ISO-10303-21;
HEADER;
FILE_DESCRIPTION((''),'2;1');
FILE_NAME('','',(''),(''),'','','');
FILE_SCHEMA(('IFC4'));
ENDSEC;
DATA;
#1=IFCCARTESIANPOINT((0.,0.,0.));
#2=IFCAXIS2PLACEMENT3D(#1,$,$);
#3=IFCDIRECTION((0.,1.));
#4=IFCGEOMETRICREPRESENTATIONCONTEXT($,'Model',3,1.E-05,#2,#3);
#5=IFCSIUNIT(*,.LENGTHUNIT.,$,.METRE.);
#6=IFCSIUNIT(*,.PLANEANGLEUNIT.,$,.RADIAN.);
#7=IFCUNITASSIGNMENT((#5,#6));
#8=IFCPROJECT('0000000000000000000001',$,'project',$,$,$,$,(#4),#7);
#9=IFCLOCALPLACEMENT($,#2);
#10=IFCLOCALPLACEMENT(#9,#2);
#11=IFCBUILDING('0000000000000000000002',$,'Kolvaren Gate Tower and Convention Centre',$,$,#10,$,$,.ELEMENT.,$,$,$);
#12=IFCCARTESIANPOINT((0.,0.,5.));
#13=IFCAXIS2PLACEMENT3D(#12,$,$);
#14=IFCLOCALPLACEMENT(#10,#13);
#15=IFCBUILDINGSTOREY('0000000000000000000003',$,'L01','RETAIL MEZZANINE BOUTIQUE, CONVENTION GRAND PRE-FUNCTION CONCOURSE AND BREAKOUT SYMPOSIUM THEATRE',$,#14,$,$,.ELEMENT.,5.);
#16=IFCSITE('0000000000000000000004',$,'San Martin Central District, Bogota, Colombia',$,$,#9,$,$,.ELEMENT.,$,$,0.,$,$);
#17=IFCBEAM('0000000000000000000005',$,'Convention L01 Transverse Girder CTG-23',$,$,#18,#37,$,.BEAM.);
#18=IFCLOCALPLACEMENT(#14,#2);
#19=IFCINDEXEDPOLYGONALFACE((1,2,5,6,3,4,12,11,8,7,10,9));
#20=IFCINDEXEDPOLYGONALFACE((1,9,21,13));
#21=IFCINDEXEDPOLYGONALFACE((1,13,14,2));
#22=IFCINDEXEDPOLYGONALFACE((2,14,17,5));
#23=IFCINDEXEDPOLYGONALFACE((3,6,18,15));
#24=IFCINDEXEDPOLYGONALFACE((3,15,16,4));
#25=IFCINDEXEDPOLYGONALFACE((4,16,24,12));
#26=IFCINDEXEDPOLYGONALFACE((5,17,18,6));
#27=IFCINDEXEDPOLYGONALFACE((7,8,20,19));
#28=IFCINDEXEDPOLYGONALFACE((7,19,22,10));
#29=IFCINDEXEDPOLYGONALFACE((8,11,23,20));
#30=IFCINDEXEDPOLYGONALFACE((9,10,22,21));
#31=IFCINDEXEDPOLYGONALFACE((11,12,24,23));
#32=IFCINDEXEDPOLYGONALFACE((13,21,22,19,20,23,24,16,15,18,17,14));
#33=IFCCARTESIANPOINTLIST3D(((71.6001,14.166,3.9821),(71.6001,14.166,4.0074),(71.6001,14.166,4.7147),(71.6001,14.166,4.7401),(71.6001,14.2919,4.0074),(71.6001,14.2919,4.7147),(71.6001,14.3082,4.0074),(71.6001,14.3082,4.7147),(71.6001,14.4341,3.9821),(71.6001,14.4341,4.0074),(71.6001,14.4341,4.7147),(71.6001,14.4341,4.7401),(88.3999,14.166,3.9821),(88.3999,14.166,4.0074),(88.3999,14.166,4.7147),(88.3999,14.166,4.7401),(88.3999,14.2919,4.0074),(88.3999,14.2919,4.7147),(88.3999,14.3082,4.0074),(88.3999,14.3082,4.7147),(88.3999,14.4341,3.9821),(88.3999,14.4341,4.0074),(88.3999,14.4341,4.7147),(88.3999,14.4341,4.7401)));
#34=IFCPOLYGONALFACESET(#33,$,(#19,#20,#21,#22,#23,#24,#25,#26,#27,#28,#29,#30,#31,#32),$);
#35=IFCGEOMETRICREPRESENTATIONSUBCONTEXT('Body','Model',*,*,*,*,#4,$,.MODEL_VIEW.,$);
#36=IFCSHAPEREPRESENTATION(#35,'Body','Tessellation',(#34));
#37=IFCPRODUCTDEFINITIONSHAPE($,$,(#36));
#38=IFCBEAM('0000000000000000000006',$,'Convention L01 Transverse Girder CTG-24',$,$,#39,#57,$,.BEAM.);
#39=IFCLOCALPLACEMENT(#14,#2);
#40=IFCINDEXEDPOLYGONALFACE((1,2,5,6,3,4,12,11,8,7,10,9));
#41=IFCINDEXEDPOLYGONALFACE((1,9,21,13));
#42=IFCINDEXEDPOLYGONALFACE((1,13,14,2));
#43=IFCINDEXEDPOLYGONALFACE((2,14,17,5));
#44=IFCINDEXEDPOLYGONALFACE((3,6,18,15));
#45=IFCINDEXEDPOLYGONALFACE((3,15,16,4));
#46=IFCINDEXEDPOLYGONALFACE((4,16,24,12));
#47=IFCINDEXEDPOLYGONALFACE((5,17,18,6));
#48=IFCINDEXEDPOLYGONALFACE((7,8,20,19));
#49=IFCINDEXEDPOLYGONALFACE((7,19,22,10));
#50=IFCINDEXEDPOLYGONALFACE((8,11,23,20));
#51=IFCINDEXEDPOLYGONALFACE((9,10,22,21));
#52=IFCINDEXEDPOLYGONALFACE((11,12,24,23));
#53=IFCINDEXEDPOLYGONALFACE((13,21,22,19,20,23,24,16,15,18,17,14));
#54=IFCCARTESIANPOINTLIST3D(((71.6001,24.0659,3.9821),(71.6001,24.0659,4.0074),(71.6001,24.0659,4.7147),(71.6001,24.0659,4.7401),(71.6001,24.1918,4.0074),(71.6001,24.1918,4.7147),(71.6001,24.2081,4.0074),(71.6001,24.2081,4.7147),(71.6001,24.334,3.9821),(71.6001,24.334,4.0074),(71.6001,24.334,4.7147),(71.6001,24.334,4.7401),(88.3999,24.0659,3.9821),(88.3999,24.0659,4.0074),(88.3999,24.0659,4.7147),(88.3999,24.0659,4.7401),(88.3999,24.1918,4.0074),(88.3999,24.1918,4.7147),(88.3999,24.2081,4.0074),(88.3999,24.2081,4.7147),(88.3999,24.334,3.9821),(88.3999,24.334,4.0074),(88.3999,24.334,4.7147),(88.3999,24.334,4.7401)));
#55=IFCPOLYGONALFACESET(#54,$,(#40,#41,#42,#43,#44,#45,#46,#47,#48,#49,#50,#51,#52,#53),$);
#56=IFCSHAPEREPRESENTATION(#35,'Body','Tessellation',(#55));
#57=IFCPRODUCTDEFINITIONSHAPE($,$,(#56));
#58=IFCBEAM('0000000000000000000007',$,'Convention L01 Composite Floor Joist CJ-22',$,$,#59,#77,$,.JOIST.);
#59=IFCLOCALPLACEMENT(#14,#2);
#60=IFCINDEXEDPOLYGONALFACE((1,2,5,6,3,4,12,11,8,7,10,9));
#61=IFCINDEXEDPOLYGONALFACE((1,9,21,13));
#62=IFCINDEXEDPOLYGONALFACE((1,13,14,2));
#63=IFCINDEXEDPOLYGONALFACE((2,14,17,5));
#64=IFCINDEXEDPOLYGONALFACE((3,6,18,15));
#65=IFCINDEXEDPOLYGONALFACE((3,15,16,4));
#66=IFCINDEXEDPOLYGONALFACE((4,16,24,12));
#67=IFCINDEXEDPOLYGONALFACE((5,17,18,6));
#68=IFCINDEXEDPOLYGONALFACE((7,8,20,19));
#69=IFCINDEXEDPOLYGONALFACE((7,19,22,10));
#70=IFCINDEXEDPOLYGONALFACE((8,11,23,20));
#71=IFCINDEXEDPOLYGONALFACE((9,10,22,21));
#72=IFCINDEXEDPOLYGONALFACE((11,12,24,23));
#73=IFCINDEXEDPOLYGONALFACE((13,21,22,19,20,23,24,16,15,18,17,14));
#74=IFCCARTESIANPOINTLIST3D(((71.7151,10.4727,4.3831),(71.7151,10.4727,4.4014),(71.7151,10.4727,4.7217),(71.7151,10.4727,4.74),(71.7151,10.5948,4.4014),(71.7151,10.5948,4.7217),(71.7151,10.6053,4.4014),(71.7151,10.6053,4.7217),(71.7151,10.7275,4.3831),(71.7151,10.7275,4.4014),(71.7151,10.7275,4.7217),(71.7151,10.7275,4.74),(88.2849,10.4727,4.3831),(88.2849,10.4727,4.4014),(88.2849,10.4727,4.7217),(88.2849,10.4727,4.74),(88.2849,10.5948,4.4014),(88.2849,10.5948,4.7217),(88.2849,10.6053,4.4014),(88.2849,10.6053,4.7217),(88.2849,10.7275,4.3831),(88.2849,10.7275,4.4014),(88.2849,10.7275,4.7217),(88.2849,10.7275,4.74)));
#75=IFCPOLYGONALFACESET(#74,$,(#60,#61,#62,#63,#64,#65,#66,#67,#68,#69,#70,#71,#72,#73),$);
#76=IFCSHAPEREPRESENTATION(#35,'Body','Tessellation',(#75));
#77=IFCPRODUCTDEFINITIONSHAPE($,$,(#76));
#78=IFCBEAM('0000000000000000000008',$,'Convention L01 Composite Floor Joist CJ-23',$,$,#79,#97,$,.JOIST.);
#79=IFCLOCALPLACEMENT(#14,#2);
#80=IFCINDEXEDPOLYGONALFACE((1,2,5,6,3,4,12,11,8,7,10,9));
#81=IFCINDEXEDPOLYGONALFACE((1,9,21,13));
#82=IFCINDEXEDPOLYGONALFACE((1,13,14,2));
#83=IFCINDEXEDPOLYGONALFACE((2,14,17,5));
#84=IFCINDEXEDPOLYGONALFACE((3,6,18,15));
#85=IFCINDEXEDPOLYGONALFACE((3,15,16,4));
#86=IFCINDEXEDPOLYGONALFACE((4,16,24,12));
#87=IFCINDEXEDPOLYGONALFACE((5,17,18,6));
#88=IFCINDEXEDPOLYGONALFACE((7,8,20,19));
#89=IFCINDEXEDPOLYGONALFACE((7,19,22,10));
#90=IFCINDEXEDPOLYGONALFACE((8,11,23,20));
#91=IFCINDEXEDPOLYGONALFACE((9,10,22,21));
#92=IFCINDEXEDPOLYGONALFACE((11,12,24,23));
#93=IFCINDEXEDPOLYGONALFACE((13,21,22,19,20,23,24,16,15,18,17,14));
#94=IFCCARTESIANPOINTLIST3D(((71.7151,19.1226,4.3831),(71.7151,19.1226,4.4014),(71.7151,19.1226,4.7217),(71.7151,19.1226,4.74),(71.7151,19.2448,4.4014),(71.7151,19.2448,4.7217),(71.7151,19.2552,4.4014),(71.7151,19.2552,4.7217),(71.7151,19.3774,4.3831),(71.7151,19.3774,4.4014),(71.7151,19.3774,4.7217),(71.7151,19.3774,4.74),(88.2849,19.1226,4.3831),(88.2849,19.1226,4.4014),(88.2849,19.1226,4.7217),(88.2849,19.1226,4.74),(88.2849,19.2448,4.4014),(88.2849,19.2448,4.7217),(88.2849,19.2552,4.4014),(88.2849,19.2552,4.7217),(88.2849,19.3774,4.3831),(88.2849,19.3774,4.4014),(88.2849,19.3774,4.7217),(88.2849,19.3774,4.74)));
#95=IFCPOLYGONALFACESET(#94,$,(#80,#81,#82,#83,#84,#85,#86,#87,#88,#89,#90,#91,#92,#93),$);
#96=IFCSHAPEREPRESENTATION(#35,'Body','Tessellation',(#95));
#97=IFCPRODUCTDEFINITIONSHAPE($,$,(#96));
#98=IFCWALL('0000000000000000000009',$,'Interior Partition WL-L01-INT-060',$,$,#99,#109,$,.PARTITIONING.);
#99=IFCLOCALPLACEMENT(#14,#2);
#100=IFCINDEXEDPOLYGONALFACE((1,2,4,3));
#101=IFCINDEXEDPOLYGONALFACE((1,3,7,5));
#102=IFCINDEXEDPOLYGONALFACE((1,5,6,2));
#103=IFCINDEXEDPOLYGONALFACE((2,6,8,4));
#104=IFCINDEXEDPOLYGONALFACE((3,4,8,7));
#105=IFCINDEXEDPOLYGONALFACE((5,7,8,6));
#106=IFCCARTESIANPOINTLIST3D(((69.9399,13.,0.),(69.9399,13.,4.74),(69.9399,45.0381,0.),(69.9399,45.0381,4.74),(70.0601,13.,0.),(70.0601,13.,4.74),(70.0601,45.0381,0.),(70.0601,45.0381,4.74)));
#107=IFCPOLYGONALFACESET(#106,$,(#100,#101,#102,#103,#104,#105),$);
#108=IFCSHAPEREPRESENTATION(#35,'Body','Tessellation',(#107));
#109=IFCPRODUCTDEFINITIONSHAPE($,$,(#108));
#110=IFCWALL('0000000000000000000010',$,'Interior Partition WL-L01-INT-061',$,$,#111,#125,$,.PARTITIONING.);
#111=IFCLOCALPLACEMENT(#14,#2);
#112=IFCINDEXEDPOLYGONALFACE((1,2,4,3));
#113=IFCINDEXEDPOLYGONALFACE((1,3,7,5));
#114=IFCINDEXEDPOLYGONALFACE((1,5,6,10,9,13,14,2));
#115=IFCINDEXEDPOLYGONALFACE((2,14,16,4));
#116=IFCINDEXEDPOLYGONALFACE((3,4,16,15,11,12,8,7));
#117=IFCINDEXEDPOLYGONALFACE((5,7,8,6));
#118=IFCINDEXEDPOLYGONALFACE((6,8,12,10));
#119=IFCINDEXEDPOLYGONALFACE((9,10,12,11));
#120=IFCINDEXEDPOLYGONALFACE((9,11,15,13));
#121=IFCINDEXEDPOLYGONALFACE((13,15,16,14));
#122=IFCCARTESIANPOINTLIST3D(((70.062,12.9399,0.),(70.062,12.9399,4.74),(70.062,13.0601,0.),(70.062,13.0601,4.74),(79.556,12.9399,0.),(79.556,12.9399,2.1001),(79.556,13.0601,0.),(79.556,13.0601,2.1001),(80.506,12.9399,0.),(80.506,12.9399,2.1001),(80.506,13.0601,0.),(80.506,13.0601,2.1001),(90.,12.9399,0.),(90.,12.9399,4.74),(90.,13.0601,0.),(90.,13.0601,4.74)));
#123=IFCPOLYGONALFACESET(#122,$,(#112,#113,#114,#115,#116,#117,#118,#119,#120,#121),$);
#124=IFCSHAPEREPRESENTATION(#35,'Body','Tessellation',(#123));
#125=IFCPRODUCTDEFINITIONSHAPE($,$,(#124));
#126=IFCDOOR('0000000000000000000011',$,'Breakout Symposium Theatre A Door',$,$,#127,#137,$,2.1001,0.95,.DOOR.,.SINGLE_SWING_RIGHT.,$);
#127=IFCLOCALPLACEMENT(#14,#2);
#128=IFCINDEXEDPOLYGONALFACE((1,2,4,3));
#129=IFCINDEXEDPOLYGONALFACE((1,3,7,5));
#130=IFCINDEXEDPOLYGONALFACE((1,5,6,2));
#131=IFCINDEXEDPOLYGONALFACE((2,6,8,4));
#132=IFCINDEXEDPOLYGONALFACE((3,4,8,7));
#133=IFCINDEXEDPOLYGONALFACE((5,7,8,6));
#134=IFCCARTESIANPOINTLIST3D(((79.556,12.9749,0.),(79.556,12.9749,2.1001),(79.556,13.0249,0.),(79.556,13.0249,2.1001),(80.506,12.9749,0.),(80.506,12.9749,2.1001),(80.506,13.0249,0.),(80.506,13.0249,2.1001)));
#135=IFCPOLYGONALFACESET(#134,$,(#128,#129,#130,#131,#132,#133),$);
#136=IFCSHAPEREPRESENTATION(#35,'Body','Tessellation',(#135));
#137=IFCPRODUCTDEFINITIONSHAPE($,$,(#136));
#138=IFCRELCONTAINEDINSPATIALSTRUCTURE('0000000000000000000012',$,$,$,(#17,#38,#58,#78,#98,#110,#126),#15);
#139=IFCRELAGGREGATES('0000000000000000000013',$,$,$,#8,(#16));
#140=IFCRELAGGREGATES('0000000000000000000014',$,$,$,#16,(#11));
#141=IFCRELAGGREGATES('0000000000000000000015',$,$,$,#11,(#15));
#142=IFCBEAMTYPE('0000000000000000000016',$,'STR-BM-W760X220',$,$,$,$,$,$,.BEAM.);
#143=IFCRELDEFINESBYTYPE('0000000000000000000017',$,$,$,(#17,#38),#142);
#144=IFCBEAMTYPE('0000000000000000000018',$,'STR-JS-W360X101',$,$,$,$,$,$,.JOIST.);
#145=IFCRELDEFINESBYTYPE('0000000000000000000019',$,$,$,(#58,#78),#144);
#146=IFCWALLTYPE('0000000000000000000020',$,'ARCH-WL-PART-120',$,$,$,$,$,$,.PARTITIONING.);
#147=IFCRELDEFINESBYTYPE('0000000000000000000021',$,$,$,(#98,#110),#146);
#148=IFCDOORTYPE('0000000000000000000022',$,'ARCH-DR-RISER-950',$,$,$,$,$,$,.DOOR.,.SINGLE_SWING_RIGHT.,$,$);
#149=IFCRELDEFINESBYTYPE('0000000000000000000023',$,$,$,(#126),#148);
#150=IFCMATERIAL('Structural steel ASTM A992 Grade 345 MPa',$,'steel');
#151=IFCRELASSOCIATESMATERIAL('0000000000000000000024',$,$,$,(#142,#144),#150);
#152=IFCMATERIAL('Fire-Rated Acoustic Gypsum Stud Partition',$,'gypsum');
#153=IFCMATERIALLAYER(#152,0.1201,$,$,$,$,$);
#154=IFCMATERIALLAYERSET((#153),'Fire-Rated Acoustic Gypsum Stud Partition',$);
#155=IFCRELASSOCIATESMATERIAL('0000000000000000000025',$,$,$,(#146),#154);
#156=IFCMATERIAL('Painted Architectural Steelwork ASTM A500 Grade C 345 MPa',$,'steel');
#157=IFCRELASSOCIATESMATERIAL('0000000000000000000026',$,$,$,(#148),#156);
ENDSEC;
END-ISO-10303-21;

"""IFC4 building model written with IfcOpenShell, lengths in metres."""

from ifc_helpers import new_model, si_unit, direction, frame, frame_2d, origin, origin_2d, place, context, subcontext, project, spatial, rectangle, i_section, extrude, material, layer, layer_set, material_profile, profile_set, type_object, element, fill, save


model = new_model("IFC4")

# Units and contexts
model_context = context("Model", 3, precision=1e-05, world=origin(), true_north=direction((0.0, 1.0)))
body_context = subcontext(model_context, "Body", "Model", "MODEL_VIEW")
ifc_project = project(units=[si_unit("LENGTHUNIT", "METRE"), si_unit("PLANEANGLEUNIT", "RADIAN")], contexts=[model_context])

# Site, building, storey
site_placement = place(None, origin())
site = spatial("IfcSite", under=ifc_project, at=site_placement, Name="San Martin Central District, Bogota, Colombia", CompositionType="ELEMENT", RefElevation=0.0)
building_placement = place(site_placement, origin())
building = spatial("IfcBuilding", under=site, at=building_placement, Name="Kolvaren Gate Tower and Convention Centre", CompositionType="ELEMENT")
storey_placement = place(building_placement, frame((0.0, 0.0, 5.0)))
storey = spatial("IfcBuildingStorey", under=building, at=storey_placement, Name="L01", Description="RETAIL MEZZANINE BOUTIQUE, CONVENTION GRAND PRE-FUNCTION CONCOURSE AND BREAKOUT SYMPOSIUM THEATRE", CompositionType="ELEMENT", Elevation=5.0)

# Beams
ifc_material_1 = material(Name="Structural steel ASTM A992 Grade 345 MPa", Category="steel")
ifc_material_profile_1 = material_profile(ifc_material_1, i_section(OverallWidth=0.2681, OverallDepth=0.7581, WebThickness=0.0164, FlangeThickness=0.0254, at=origin_2d()), Name="W760X220")
ifc_profile_set_1 = profile_set([ifc_material_profile_1], Name="Structural steel ASTM A992 Grade 345 MPa")
beam_type_1 = type_object("IfcBeamType", Name="STR-BM-W760X220", PredefinedType="BEAM", material=ifc_profile_set_1)
for number, where, z_axis, x_axis, name in (
    (1, (71.6001, 14.3, 4.3611), (1.0, 0.0, 0.0), (0.0, 1.0, 0.0), "Convention L01 Transverse Girder CTG-23"),
    (2, (71.6001, 24.2, 4.3611), (1.0, 0.0, 0.0), (0.0, 1.0, 0.0), "Convention L01 Transverse Girder CTG-24"),
):
    element("IfcBeam", number, at=place(storey_placement, frame(where, z_axis=z_axis, x_axis=x_axis)), inside=storey, type_object=beam_type_1, Name=name, PredefinedType="BEAM", context=body_context, shape_type="SweptSolid", body=[
        extrude(i_section(OverallWidth=0.2681, OverallDepth=0.7581, WebThickness=0.0164, FlangeThickness=0.0254, at=origin_2d()), origin(), (0.0, 0.0, 1.0), 16.7998),
    ])
ifc_material_profile_2 = material_profile(ifc_material_1, i_section(OverallWidth=0.2549, OverallDepth=0.3569, WebThickness=0.0105, FlangeThickness=0.0183, at=origin_2d()), Name="W360X101")
ifc_profile_set_2 = profile_set([ifc_material_profile_2], Name="Structural steel ASTM A992 Grade 345 MPa")
beam_type_2 = type_object("IfcBeamType", Name="STR-JS-W360X101", PredefinedType="JOIST", material=ifc_profile_set_2)
for number, where, z_axis, x_axis, name in (
    (3, (71.7151, 10.6001, 4.5615), (1.0, 0.0, 0.0), (0.0, 1.0, 0.0), "Convention L01 Composite Floor Joist CJ-22"),
    (4, (71.7151, 19.25, 4.5615), (1.0, 0.0, 0.0), (0.0, 1.0, 0.0), "Convention L01 Composite Floor Joist CJ-23"),
):
    element("IfcBeam", number, at=place(storey_placement, frame(where, z_axis=z_axis, x_axis=x_axis)), inside=storey, type_object=beam_type_2, Name=name, PredefinedType="JOIST", context=body_context, shape_type="SweptSolid", body=[
        extrude(i_section(OverallWidth=0.2549, OverallDepth=0.3569, WebThickness=0.0105, FlangeThickness=0.0183, at=origin_2d()), origin(), (0.0, 0.0, 1.0), 16.5698),
    ])

# Wall
ifc_material_2 = material(Name="Fire-Rated Acoustic Gypsum Stud Partition", Category="gypsum")
ifc_layer_1 = layer(ifc_material_2, 0.1201)
ifc_layer_set_1 = layer_set([ifc_layer_1], Name="Fire-Rated Acoustic Gypsum Stud Partition")
wall_type_1 = type_object("IfcWallType", Name="ARCH-WL-PART-120", PredefinedType="PARTITIONING", material=ifc_layer_set_1)
wall_1_placement = place(storey_placement, frame((70.0, 13.0, 0.0), z_axis=(0.0, 0.0, 1.0), x_axis=(0.0, 1.0, 0.0)))
element("IfcWall", 5, at=wall_1_placement, inside=storey, type_object=wall_type_1, Name="Interior Partition WL-L01-INT-060", PredefinedType="PARTITIONING", context=body_context, shape_type="SweptSolid", body=[
    extrude(rectangle(XDim=32.0381, YDim=0.1201, at=frame_2d((16.019, 0.0))), origin(), (0.0, 0.0, 1.0), 4.74),
])

# Wall, opening, door
wall_2_placement = place(storey_placement, frame((70.062, 13.0, 0.0), z_axis=(0.0, 0.0, 1.0), x_axis=(1.0, 0.0, 0.0)))
wall_2 = element("IfcWall", 6, at=wall_2_placement, inside=storey, type_object=wall_type_1, Name="Interior Partition WL-L01-INT-061", PredefinedType="PARTITIONING", context=body_context, shape_type="SweptSolid", body=[
    extrude(rectangle(XDim=19.938, YDim=0.1201, at=frame_2d((9.969, 0.0))), origin(), (0.0, 0.0, 1.0), 4.74),
])
opening_1_placement = place(wall_2_placement, frame((9.4939, 0.0, 0.0)))
opening_1 = element("IfcOpeningElement", 7, at=opening_1_placement, cuts=wall_2, PredefinedType="OPENING", context=body_context, shape_type="SweptSolid", body=[
    extrude(rectangle(XDim=0.95, YDim=2.1001, at=frame_2d((0.4751, 1.05))), frame((0.0, 0.0701, 0.0), z_axis=(0.0, -1.0, 0.0), x_axis=(1.0, 0.0, 0.0)), (0.0, 0.0, 1.0), 0.1401),
])
ifc_material_3 = material(Name="Painted Architectural Steelwork ASTM A500 Grade C 345 MPa", Category="steel")
door_type = type_object("IfcDoorType", Name="ARCH-DR-RISER-950", OperationType="SINGLE_SWING_RIGHT", PredefinedType="DOOR", material=ifc_material_3)
door_1_placement = place(opening_1_placement, origin())
door_1 = element("IfcDoor", 8, at=door_1_placement, inside=storey, type_object=door_type, Name="Breakout Symposium Theatre A Door", OperationType="SINGLE_SWING_RIGHT", OverallHeight=2.1001, OverallWidth=0.95, PredefinedType="DOOR", context=body_context, shape_type="SweptSolid", body=[
    extrude(rectangle(XDim=0.95, YDim=2.1001, at=frame_2d((0.4751, 1.05))), frame((0.0, 0.0249, 0.0), z_axis=(0.0, -1.0, 0.0), x_axis=(1.0, 0.0, 0.0)), (0.0, 0.0, 1.0), 0.05),
])
fill(opening_1, door_1)

save(model, "model.ifc")
